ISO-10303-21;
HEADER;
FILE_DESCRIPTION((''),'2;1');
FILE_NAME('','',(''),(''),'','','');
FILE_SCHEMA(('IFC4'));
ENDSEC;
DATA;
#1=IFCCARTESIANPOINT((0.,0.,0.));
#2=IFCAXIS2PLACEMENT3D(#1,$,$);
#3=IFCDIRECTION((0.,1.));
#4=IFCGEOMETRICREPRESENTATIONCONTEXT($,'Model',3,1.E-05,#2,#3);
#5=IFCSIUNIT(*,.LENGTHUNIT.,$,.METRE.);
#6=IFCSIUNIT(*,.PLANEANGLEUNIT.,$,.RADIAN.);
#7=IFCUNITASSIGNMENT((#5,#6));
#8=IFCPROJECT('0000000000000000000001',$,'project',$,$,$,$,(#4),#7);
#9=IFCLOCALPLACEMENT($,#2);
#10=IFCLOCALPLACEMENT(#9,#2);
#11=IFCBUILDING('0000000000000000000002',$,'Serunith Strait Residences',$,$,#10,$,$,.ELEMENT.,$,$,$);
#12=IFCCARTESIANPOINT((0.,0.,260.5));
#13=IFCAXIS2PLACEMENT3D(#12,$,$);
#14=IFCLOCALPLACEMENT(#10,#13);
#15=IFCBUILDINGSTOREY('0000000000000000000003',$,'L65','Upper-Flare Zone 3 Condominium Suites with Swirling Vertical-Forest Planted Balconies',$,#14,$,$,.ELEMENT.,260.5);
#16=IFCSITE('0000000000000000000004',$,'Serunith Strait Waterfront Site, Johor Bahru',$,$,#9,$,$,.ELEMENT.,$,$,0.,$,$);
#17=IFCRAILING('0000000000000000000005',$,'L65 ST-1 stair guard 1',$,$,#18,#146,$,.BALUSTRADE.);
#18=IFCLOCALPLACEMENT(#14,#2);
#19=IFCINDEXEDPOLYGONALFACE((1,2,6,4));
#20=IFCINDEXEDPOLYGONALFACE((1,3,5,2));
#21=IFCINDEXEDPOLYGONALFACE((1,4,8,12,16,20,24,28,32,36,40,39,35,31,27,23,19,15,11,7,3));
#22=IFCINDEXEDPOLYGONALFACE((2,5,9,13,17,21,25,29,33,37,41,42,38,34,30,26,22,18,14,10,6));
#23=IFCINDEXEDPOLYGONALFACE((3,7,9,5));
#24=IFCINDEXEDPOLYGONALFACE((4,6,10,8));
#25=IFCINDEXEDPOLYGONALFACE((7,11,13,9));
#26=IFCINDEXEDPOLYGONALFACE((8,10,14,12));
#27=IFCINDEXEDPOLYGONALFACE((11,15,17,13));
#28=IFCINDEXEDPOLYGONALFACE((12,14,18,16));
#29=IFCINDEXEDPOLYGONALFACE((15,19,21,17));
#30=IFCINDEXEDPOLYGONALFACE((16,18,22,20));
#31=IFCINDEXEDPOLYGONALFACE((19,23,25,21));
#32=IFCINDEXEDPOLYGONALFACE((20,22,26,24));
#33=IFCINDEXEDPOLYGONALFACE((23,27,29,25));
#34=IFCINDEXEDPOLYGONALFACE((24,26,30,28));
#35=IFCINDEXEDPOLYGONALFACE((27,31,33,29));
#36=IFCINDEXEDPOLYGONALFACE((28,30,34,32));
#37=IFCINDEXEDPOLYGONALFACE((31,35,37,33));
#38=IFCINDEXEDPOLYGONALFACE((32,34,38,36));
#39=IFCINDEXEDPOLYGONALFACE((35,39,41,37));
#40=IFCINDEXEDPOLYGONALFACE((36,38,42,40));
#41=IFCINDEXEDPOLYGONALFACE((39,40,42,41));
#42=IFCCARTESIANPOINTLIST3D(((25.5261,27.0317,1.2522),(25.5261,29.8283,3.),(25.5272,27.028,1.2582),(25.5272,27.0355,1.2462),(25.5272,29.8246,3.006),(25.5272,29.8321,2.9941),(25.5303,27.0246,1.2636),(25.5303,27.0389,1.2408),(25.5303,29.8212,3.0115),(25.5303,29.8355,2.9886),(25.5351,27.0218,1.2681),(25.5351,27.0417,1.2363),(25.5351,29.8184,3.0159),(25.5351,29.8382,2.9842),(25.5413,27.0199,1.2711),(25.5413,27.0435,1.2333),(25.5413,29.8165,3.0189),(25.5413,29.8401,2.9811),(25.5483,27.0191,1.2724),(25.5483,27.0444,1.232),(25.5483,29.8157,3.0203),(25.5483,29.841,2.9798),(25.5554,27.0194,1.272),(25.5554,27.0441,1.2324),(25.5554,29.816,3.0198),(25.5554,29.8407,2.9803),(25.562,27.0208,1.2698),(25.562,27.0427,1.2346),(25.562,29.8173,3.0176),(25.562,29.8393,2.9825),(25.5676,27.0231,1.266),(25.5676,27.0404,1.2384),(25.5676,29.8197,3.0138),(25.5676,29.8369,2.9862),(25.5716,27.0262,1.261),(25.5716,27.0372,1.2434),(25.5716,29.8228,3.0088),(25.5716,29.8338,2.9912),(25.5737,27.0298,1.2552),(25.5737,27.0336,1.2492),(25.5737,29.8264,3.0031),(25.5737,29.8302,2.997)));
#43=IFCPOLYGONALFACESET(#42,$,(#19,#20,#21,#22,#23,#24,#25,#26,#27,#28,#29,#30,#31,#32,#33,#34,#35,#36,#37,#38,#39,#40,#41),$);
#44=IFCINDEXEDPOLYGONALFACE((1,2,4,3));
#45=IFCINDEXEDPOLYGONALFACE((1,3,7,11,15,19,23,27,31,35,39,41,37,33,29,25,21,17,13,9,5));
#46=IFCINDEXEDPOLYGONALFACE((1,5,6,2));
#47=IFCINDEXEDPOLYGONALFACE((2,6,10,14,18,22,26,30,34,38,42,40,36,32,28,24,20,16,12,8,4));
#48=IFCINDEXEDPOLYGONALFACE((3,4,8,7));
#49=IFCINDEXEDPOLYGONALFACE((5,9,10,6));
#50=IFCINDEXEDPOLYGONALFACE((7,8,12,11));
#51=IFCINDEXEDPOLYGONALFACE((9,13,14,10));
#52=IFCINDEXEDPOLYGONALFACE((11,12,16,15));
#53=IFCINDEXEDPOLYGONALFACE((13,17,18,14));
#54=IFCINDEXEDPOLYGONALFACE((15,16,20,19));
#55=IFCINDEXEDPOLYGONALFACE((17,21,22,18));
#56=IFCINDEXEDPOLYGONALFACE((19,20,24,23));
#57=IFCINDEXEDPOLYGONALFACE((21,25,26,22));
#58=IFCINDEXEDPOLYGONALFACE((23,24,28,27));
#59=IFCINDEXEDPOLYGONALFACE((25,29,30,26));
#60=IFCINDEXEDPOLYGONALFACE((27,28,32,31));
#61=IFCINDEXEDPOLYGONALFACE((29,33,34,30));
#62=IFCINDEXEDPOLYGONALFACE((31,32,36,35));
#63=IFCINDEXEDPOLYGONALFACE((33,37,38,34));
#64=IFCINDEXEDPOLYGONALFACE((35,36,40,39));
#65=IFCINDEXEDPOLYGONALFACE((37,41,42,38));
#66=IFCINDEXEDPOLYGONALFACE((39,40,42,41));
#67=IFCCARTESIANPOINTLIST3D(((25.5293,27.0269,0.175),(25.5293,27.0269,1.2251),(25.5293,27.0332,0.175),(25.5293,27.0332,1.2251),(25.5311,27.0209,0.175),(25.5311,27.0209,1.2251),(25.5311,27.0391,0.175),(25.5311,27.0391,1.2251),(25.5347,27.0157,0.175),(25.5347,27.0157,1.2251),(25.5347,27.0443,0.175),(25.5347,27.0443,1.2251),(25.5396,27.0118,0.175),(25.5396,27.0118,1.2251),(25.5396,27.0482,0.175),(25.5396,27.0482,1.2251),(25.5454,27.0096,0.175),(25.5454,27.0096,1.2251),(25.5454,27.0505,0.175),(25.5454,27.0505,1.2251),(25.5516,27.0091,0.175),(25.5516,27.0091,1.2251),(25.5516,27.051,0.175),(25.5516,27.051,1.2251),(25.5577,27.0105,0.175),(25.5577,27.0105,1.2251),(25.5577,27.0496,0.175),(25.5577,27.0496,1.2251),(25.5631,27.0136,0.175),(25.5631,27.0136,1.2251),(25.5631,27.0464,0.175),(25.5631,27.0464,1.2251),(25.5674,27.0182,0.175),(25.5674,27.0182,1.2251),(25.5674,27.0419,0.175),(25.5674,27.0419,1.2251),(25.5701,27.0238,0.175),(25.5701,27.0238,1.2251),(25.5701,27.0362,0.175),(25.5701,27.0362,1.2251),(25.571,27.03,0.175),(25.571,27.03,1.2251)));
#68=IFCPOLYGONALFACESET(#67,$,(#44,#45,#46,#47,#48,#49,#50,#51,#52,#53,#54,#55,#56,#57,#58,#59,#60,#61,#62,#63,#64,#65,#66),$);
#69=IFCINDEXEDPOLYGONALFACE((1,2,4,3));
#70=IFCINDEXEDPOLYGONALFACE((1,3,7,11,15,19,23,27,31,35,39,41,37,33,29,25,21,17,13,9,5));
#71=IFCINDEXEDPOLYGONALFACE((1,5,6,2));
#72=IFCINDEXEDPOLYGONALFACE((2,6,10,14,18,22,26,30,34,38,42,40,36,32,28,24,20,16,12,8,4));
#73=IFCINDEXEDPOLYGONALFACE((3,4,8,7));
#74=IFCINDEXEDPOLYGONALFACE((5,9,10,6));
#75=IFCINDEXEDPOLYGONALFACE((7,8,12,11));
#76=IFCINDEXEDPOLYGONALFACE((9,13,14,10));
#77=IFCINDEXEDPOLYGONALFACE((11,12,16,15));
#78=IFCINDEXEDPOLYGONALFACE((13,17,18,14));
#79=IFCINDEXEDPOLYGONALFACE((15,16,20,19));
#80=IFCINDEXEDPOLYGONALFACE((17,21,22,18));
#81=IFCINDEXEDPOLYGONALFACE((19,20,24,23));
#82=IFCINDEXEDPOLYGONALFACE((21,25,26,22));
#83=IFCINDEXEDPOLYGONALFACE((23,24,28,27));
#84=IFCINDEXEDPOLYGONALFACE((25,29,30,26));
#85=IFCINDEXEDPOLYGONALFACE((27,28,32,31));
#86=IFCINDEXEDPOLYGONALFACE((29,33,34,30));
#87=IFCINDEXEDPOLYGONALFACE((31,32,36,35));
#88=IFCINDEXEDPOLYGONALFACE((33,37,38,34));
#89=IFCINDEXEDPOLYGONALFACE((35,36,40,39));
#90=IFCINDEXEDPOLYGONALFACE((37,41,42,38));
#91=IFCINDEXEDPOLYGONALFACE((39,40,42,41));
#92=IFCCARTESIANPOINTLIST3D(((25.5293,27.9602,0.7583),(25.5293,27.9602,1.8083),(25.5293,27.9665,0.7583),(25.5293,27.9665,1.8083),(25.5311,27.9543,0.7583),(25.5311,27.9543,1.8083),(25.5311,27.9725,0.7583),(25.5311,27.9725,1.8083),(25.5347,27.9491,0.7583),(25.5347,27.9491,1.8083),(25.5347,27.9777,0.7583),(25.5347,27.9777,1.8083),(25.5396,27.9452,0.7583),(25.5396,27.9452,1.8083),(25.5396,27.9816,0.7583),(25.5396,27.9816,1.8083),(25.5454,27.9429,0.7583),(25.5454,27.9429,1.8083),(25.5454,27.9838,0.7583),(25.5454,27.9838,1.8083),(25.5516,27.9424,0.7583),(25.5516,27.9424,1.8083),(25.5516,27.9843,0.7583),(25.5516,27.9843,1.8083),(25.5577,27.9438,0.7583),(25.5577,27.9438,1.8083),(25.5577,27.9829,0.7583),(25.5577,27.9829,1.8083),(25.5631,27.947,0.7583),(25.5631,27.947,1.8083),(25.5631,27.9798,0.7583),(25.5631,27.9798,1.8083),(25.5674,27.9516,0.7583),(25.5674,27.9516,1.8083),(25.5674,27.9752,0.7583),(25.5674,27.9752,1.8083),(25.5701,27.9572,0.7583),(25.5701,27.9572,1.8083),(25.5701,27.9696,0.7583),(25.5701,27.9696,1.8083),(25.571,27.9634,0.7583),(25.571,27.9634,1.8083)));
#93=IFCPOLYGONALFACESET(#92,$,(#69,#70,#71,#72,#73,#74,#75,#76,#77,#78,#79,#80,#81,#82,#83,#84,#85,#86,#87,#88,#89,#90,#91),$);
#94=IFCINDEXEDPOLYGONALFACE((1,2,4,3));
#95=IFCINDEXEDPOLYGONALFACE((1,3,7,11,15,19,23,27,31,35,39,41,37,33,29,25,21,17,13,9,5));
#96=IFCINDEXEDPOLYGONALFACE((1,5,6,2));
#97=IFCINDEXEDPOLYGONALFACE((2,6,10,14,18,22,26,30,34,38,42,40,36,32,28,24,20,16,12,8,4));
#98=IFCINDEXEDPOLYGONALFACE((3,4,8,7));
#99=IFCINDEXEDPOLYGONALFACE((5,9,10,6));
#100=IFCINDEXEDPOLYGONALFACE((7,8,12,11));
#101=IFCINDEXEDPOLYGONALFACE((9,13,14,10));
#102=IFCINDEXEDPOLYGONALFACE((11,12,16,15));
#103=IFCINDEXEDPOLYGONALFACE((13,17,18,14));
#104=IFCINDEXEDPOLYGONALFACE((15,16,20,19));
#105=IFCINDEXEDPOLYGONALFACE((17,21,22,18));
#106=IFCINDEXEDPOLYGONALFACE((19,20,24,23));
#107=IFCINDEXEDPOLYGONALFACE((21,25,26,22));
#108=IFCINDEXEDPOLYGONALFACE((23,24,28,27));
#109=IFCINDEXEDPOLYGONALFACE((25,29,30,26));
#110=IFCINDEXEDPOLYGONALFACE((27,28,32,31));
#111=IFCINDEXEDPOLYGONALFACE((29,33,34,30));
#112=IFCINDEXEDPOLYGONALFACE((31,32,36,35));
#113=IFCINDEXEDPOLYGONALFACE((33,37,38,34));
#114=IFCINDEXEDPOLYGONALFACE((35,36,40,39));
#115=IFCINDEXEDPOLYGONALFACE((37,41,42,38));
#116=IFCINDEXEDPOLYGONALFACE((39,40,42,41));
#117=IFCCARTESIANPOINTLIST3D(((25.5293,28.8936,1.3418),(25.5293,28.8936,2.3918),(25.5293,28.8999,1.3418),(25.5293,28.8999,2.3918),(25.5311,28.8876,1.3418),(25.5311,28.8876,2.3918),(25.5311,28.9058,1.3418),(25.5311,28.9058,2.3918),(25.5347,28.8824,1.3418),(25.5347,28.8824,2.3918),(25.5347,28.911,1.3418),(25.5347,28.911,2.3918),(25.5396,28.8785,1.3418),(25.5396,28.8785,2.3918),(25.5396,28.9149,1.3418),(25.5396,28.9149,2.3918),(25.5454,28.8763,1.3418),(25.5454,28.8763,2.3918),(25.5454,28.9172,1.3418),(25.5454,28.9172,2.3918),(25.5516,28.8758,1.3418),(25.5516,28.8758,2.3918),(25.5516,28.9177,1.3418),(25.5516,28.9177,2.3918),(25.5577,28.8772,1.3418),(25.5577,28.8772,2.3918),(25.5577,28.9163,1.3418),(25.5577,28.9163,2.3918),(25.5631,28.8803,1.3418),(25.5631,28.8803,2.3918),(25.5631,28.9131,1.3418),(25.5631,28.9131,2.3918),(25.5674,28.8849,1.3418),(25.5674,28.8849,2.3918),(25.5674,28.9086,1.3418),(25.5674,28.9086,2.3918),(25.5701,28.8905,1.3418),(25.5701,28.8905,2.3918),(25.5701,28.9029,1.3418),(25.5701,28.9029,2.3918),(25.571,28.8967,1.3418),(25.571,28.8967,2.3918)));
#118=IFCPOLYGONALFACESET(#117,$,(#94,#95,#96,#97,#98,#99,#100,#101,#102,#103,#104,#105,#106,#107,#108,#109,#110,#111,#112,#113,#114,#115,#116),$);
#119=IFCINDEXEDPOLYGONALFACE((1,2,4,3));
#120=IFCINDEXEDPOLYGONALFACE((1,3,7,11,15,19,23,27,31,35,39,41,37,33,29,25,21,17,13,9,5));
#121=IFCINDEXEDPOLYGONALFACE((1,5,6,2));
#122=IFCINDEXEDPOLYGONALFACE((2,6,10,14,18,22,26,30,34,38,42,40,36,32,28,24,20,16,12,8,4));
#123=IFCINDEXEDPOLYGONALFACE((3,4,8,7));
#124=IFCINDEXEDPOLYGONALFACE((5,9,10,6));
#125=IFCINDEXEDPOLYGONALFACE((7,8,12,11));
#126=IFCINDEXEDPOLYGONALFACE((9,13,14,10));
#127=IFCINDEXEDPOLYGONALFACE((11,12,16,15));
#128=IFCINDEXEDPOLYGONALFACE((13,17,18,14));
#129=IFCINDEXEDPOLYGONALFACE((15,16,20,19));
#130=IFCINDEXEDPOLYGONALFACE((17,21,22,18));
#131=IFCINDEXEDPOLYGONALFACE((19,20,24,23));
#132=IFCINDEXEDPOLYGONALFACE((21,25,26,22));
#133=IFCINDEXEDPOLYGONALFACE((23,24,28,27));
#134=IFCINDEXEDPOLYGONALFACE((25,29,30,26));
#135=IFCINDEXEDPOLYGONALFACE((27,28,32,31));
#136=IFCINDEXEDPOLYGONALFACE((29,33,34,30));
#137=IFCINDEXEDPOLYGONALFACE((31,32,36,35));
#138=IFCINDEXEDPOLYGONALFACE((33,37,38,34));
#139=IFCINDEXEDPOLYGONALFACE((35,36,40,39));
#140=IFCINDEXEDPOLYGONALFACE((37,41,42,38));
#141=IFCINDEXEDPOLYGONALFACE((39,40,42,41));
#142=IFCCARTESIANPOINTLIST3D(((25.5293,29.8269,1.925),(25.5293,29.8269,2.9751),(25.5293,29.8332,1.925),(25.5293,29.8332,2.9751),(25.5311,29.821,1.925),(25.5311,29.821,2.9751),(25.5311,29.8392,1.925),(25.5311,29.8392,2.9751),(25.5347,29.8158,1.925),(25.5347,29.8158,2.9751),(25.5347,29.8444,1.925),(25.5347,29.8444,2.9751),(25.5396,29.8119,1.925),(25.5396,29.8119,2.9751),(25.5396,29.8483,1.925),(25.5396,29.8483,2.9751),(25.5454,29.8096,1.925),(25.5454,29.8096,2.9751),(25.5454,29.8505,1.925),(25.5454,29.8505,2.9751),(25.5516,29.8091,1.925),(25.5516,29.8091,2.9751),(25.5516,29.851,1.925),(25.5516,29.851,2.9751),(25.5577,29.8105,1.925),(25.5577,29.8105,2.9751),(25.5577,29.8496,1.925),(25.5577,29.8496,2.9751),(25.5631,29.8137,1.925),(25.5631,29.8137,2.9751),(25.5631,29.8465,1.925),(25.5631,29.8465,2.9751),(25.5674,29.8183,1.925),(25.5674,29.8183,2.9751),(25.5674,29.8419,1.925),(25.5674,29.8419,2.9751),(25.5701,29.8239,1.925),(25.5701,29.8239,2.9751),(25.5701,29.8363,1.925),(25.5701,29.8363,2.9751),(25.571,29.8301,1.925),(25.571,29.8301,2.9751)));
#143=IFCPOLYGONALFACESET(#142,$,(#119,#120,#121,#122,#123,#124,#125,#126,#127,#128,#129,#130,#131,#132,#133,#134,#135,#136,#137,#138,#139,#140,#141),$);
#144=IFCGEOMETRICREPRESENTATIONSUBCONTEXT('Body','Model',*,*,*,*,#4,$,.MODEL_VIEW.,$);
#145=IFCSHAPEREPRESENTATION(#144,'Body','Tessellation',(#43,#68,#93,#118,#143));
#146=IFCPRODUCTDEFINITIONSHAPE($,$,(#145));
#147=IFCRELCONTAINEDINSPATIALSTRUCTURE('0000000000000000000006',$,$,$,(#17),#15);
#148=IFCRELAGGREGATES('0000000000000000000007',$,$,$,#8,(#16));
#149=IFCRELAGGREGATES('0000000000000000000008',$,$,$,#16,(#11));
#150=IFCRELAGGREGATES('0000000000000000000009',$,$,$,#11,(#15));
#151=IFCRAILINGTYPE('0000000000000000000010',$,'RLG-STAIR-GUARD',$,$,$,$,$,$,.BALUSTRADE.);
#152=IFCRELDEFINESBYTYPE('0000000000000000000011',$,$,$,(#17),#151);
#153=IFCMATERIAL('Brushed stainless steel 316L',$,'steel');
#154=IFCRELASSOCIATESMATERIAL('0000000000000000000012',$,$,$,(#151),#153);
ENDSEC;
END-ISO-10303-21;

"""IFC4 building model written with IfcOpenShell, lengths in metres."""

from ifc_helpers import new_model, si_unit, direction, frame, origin, origin_2d, place, context, subcontext, project, spatial, circle, extrude, material, type_object, element, save


model = new_model("IFC4")

# Units and contexts
model_context = context("Model", 3, precision=1e-05, world=origin(), true_north=direction((0.0, 1.0)))
body_context = subcontext(model_context, "Body", "Model", "MODEL_VIEW")
ifc_project = project(units=[si_unit("LENGTHUNIT", "METRE"), si_unit("PLANEANGLEUNIT", "RADIAN")], contexts=[model_context])

# Site, building, storey
site_placement = place(None, origin())
site = spatial("IfcSite", under=ifc_project, at=site_placement, Name="Serunith Strait Waterfront Site, Johor Bahru", CompositionType="ELEMENT", RefElevation=0.0)
building_placement = place(site_placement, origin())
building = spatial("IfcBuilding", under=site, at=building_placement, Name="Serunith Strait Residences", CompositionType="ELEMENT")
storey_placement = place(building_placement, frame((0.0, 0.0, 260.5)))
storey = spatial("IfcBuildingStorey", under=building, at=storey_placement, Name="L65", Description="Upper-Flare Zone 3 Condominium Suites with Swirling Vertical-Forest Planted Balconies", CompositionType="ELEMENT", Elevation=260.5)

# Railing
ifc_material_1 = material(Name="Brushed stainless steel 316L", Category="steel")
railing_type_1 = type_object("IfcRailingType", Name="RLG-STAIR-GUARD", PredefinedType="BALUSTRADE", material=ifc_material_1)
railing_1_placement = place(storey_placement, frame((25.55, 27.03, 0.175)))
element("IfcRailing", 1, at=railing_1_placement, inside=storey, type_object=railing_type_1, Name="L65 ST-1 stair guard 1", PredefinedType="BALUSTRADE", context=body_context, shape_type="SweptSolid", body=[
    extrude(circle(Radius=0.0239, at=origin_2d()), frame((0.0, 0.0017, 1.0771), z_axis=(0.0, 0.848002, 0.529992), x_axis=(-1.0, 0.0, 0.0)), (0.0, 0.0, 1.0), 3.2979),
    extrude(circle(Radius=0.021, at=origin_2d()), origin(), (0.0, 0.0, 1.0), 1.05),
    extrude(circle(Radius=0.021, at=origin_2d()), frame((0.0, 0.9333, 0.5833)), (0.0, 0.0, 1.0), 1.05),
    extrude(circle(Radius=0.021, at=origin_2d()), frame((0.0, 1.8667, 1.1667)), (0.0, 0.0, 1.0), 1.05),
    extrude(circle(Radius=0.021, at=origin_2d()), frame((0.0, 2.8, 1.75)), (0.0, 0.0, 1.0), 1.05),
])

save(model, "model.ifc")
